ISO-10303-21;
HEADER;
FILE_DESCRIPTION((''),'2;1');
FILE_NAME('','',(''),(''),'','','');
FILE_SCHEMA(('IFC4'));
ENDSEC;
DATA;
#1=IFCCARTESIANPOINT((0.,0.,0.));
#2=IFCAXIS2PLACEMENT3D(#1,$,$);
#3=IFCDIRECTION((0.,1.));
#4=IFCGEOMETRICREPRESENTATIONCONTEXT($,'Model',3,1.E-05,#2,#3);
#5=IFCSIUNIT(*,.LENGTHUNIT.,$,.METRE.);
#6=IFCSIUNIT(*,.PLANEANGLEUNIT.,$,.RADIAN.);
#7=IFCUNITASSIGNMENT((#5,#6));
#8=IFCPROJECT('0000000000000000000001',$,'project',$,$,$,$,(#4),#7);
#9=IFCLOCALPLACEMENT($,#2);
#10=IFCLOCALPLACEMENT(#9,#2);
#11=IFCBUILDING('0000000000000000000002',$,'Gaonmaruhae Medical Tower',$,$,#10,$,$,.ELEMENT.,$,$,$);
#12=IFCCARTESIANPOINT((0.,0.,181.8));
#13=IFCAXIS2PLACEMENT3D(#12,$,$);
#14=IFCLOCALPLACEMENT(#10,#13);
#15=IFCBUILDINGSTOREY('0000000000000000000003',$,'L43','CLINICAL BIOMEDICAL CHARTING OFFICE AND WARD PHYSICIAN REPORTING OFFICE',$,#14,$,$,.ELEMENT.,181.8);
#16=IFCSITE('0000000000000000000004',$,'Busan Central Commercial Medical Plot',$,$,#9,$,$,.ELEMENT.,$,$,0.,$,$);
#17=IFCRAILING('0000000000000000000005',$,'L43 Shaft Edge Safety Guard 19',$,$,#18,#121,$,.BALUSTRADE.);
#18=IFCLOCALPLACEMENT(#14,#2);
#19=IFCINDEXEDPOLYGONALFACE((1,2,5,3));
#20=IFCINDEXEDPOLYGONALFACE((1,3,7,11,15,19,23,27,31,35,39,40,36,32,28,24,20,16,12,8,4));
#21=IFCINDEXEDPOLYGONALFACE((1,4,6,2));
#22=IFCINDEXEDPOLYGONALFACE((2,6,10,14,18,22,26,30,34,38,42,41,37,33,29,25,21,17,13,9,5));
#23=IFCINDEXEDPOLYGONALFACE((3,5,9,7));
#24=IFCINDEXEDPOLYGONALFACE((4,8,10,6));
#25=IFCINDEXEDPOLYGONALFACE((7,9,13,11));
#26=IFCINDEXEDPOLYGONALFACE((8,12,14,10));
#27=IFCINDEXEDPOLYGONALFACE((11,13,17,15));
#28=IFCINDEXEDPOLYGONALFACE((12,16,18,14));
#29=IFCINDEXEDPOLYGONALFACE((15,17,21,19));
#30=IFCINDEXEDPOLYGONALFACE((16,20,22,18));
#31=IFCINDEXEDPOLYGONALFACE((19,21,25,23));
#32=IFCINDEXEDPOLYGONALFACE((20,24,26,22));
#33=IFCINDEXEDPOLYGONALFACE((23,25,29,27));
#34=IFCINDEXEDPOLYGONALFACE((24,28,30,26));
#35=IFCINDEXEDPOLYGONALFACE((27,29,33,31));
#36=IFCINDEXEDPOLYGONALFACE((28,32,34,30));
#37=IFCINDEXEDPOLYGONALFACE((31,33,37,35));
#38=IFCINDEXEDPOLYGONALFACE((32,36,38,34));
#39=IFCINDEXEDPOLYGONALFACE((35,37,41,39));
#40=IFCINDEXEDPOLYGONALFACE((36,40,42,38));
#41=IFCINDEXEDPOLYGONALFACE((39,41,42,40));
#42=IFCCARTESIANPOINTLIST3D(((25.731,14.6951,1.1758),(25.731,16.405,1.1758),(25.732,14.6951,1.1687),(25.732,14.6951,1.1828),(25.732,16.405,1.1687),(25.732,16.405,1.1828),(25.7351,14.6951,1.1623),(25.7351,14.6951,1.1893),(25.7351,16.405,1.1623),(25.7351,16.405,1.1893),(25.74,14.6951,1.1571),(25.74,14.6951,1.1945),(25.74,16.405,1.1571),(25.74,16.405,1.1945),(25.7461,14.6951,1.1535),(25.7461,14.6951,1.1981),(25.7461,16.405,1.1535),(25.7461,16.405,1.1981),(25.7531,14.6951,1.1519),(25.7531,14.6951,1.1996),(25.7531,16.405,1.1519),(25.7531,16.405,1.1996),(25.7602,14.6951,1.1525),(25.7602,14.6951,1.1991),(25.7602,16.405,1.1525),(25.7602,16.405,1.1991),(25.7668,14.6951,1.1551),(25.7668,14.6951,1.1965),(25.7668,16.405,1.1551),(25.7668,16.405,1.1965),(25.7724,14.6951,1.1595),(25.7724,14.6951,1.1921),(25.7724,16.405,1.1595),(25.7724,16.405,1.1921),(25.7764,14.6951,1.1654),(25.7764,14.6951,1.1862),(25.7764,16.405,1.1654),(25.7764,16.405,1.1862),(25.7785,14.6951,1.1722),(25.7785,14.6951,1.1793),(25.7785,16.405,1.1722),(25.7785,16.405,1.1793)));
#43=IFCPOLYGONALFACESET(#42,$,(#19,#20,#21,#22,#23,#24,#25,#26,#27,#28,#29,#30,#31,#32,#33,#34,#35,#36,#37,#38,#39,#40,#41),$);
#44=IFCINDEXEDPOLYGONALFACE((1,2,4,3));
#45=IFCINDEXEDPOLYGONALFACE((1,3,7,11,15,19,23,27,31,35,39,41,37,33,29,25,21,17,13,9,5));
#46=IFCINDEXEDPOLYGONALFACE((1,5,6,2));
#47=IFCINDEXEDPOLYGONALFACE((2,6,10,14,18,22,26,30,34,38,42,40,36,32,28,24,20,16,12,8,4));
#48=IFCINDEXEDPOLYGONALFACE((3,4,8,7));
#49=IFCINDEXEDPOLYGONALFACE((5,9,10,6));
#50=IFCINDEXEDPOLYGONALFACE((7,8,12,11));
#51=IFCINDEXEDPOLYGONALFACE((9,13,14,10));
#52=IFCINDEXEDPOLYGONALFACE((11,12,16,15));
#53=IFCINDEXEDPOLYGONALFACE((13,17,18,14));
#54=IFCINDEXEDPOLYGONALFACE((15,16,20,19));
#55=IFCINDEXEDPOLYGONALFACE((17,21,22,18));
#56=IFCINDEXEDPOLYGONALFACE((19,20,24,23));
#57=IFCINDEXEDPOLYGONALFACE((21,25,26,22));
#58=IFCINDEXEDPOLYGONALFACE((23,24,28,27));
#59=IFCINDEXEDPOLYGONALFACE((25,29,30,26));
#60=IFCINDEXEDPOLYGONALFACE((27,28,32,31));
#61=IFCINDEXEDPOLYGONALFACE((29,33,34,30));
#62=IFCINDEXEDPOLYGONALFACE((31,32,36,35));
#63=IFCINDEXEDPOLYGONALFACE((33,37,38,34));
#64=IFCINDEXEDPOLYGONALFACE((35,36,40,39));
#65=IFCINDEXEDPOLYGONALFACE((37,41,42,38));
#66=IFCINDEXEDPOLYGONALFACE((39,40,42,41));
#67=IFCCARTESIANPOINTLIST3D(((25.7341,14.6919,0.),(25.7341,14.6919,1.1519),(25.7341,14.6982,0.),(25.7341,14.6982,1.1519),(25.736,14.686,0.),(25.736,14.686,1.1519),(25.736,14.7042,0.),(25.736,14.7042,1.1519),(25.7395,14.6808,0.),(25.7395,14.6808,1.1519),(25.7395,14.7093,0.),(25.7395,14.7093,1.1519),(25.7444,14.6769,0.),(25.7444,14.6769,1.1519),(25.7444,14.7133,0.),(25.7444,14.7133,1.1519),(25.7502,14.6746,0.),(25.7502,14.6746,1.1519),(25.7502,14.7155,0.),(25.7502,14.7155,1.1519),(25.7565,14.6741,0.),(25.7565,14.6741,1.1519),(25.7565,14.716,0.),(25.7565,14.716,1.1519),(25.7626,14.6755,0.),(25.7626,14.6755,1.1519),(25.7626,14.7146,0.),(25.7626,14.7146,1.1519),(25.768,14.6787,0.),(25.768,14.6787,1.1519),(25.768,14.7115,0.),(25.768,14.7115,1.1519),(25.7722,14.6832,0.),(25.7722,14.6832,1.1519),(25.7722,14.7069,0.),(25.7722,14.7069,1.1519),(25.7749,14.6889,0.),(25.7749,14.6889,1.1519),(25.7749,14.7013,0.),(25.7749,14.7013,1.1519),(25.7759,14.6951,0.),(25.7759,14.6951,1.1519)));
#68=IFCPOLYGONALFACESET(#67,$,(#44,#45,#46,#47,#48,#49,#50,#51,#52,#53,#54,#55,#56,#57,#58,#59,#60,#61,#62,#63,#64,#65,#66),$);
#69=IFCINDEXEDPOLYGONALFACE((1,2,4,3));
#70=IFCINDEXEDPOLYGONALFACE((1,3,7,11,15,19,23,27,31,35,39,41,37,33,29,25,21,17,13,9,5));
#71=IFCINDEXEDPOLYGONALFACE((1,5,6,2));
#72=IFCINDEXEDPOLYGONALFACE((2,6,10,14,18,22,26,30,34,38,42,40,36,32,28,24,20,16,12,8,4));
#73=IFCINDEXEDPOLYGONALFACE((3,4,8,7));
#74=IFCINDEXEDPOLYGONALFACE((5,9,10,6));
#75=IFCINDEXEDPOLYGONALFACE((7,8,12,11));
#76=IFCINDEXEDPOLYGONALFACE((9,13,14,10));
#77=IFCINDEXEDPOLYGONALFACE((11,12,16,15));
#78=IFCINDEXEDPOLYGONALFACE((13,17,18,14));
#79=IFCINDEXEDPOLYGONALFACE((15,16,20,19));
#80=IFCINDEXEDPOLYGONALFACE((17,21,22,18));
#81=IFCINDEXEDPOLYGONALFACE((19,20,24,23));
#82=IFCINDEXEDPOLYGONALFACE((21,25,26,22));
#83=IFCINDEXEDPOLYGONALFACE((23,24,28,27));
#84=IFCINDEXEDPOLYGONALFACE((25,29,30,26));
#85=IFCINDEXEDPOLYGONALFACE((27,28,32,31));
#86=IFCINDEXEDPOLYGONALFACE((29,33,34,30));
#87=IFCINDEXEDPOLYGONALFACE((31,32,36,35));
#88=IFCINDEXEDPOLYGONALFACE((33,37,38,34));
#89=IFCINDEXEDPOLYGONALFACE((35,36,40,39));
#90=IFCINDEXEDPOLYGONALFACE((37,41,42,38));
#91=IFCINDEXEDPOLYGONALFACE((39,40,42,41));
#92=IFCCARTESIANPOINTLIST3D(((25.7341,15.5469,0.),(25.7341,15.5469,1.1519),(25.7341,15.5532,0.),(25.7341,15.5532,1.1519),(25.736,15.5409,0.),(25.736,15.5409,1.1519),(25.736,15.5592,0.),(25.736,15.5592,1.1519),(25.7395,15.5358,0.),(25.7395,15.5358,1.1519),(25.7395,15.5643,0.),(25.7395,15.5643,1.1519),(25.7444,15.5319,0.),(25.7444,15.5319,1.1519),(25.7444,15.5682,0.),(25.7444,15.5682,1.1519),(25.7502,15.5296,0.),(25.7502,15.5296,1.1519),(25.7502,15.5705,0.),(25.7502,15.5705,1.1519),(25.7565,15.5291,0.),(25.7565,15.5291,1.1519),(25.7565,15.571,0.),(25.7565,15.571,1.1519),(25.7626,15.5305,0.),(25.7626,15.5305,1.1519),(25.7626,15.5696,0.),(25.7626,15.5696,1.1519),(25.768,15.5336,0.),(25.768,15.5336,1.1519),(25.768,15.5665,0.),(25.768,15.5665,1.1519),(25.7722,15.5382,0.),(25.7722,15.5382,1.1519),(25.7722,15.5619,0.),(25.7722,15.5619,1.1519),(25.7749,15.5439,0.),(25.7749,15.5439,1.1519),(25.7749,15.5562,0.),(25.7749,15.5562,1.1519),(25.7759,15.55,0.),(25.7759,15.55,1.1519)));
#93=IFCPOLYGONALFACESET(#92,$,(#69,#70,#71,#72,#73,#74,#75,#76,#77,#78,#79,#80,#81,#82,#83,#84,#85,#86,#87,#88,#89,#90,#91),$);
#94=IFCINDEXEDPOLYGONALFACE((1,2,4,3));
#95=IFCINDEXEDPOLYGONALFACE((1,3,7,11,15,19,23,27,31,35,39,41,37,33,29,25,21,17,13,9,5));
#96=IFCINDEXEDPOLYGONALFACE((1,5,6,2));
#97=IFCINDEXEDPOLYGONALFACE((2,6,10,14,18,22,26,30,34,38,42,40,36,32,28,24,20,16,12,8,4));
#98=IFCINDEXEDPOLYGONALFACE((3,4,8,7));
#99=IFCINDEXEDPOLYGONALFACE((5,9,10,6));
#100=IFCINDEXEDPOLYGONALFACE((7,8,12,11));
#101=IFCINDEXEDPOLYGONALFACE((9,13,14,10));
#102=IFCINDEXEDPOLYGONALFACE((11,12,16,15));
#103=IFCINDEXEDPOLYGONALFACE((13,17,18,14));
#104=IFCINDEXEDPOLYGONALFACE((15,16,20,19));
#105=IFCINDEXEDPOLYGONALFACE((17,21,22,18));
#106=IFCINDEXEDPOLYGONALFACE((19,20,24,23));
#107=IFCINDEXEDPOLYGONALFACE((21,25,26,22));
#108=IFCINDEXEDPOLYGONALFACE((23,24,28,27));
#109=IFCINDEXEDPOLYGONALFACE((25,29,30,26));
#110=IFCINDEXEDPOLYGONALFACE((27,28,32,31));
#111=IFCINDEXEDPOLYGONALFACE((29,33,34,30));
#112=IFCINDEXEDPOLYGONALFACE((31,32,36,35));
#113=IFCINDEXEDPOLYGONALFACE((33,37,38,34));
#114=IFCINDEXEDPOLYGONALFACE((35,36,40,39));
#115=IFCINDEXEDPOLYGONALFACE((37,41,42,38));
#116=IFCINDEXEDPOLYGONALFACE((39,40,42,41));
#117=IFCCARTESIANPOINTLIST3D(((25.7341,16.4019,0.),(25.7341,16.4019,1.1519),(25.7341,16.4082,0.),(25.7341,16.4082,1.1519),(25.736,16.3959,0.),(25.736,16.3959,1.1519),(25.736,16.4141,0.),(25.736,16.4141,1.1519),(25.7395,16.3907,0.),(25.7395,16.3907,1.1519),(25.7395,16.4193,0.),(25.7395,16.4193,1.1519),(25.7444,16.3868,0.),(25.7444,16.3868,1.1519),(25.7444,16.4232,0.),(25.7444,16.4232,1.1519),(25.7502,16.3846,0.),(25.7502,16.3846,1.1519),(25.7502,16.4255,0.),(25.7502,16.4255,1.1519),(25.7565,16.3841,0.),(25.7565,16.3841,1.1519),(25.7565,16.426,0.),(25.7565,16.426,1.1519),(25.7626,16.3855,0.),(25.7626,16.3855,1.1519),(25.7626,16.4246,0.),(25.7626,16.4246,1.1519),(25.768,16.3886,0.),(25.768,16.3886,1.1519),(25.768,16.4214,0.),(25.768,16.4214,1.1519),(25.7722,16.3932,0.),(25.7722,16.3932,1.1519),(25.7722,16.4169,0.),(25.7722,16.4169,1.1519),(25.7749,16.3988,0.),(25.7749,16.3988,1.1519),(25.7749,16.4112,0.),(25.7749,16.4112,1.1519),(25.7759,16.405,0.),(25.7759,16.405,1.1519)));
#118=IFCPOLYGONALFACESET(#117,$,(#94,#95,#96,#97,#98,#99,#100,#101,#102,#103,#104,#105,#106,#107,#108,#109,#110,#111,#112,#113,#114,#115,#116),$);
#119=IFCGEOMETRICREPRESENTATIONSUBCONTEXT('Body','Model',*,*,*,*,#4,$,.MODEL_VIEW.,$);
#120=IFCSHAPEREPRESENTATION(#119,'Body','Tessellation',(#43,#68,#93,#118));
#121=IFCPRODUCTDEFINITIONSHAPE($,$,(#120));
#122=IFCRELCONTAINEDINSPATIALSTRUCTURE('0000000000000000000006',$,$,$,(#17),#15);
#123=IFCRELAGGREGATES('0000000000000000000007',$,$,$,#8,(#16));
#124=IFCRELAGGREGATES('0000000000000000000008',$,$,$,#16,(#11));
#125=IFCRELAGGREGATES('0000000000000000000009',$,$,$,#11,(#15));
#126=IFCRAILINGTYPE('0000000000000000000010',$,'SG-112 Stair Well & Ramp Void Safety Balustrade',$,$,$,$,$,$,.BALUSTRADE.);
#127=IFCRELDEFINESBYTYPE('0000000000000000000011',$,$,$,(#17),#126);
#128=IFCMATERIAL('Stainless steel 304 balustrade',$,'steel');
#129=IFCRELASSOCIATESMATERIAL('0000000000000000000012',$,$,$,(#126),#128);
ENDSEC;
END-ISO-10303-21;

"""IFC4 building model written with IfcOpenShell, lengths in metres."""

from ifc_helpers import new_model, si_unit, direction, frame, origin, origin_2d, place, context, subcontext, project, spatial, circle, extrude, material, type_object, element, save


model = new_model("IFC4")

# Units and contexts
model_context = context("Model", 3, precision=1e-05, world=origin(), true_north=direction((0.0, 1.0)))
body_context = subcontext(model_context, "Body", "Model", "MODEL_VIEW")
ifc_project = project(units=[si_unit("LENGTHUNIT", "METRE"), si_unit("PLANEANGLEUNIT", "RADIAN")], contexts=[model_context])

# Site, building, storey
site_placement = place(None, origin())
site = spatial("IfcSite", under=ifc_project, at=site_placement, Name="Busan Central Commercial Medical Plot", CompositionType="ELEMENT", RefElevation=0.0)
building_placement = place(site_placement, origin())
building = spatial("IfcBuilding", under=site, at=building_placement, Name="Gaonmaruhae Medical Tower", CompositionType="ELEMENT")
storey_placement = place(building_placement, frame((0.0, 0.0, 181.8)))
storey = spatial("IfcBuildingStorey", under=building, at=storey_placement, Name="L43", Description="CLINICAL BIOMEDICAL CHARTING OFFICE AND WARD PHYSICIAN REPORTING OFFICE", CompositionType="ELEMENT", Elevation=181.8)

# Railing
ifc_material_1 = material(Name="Stainless steel 304 balustrade", Category="steel")
railing_type = type_object("IfcRailingType", Name="SG-112 Stair Well & Ramp Void Safety Balustrade", PredefinedType="BALUSTRADE", material=ifc_material_1)
railing_1_placement = place(storey_placement, frame((25.7549, 14.6951, 0.0)))
element("IfcRailing", 1, at=railing_1_placement, inside=storey, type_object=railing_type, Name="L43 Shaft Edge Safety Guard 19", PredefinedType="BALUSTRADE", context=body_context, shape_type="SweptSolid", body=[
    extrude(circle(Radius=0.0239, at=origin_2d()), frame((0.0, 0.0, 1.1758), z_axis=(0.0, 1.0, 0.0), x_axis=(-1.0, 0.0, 0.0)), (0.0, 0.0, 1.0), 1.71),
    extrude(circle(Radius=0.021, at=origin_2d()), origin(), (0.0, 0.0, 1.0), 1.1519),
    extrude(circle(Radius=0.021, at=origin_2d()), frame((0.0, 0.855, 0.0)), (0.0, 0.0, 1.0), 1.1519),
    extrude(circle(Radius=0.021, at=origin_2d()), frame((0.0, 1.71, 0.0)), (0.0, 0.0, 1.0), 1.1519),
])

save(model, "model.ifc")
